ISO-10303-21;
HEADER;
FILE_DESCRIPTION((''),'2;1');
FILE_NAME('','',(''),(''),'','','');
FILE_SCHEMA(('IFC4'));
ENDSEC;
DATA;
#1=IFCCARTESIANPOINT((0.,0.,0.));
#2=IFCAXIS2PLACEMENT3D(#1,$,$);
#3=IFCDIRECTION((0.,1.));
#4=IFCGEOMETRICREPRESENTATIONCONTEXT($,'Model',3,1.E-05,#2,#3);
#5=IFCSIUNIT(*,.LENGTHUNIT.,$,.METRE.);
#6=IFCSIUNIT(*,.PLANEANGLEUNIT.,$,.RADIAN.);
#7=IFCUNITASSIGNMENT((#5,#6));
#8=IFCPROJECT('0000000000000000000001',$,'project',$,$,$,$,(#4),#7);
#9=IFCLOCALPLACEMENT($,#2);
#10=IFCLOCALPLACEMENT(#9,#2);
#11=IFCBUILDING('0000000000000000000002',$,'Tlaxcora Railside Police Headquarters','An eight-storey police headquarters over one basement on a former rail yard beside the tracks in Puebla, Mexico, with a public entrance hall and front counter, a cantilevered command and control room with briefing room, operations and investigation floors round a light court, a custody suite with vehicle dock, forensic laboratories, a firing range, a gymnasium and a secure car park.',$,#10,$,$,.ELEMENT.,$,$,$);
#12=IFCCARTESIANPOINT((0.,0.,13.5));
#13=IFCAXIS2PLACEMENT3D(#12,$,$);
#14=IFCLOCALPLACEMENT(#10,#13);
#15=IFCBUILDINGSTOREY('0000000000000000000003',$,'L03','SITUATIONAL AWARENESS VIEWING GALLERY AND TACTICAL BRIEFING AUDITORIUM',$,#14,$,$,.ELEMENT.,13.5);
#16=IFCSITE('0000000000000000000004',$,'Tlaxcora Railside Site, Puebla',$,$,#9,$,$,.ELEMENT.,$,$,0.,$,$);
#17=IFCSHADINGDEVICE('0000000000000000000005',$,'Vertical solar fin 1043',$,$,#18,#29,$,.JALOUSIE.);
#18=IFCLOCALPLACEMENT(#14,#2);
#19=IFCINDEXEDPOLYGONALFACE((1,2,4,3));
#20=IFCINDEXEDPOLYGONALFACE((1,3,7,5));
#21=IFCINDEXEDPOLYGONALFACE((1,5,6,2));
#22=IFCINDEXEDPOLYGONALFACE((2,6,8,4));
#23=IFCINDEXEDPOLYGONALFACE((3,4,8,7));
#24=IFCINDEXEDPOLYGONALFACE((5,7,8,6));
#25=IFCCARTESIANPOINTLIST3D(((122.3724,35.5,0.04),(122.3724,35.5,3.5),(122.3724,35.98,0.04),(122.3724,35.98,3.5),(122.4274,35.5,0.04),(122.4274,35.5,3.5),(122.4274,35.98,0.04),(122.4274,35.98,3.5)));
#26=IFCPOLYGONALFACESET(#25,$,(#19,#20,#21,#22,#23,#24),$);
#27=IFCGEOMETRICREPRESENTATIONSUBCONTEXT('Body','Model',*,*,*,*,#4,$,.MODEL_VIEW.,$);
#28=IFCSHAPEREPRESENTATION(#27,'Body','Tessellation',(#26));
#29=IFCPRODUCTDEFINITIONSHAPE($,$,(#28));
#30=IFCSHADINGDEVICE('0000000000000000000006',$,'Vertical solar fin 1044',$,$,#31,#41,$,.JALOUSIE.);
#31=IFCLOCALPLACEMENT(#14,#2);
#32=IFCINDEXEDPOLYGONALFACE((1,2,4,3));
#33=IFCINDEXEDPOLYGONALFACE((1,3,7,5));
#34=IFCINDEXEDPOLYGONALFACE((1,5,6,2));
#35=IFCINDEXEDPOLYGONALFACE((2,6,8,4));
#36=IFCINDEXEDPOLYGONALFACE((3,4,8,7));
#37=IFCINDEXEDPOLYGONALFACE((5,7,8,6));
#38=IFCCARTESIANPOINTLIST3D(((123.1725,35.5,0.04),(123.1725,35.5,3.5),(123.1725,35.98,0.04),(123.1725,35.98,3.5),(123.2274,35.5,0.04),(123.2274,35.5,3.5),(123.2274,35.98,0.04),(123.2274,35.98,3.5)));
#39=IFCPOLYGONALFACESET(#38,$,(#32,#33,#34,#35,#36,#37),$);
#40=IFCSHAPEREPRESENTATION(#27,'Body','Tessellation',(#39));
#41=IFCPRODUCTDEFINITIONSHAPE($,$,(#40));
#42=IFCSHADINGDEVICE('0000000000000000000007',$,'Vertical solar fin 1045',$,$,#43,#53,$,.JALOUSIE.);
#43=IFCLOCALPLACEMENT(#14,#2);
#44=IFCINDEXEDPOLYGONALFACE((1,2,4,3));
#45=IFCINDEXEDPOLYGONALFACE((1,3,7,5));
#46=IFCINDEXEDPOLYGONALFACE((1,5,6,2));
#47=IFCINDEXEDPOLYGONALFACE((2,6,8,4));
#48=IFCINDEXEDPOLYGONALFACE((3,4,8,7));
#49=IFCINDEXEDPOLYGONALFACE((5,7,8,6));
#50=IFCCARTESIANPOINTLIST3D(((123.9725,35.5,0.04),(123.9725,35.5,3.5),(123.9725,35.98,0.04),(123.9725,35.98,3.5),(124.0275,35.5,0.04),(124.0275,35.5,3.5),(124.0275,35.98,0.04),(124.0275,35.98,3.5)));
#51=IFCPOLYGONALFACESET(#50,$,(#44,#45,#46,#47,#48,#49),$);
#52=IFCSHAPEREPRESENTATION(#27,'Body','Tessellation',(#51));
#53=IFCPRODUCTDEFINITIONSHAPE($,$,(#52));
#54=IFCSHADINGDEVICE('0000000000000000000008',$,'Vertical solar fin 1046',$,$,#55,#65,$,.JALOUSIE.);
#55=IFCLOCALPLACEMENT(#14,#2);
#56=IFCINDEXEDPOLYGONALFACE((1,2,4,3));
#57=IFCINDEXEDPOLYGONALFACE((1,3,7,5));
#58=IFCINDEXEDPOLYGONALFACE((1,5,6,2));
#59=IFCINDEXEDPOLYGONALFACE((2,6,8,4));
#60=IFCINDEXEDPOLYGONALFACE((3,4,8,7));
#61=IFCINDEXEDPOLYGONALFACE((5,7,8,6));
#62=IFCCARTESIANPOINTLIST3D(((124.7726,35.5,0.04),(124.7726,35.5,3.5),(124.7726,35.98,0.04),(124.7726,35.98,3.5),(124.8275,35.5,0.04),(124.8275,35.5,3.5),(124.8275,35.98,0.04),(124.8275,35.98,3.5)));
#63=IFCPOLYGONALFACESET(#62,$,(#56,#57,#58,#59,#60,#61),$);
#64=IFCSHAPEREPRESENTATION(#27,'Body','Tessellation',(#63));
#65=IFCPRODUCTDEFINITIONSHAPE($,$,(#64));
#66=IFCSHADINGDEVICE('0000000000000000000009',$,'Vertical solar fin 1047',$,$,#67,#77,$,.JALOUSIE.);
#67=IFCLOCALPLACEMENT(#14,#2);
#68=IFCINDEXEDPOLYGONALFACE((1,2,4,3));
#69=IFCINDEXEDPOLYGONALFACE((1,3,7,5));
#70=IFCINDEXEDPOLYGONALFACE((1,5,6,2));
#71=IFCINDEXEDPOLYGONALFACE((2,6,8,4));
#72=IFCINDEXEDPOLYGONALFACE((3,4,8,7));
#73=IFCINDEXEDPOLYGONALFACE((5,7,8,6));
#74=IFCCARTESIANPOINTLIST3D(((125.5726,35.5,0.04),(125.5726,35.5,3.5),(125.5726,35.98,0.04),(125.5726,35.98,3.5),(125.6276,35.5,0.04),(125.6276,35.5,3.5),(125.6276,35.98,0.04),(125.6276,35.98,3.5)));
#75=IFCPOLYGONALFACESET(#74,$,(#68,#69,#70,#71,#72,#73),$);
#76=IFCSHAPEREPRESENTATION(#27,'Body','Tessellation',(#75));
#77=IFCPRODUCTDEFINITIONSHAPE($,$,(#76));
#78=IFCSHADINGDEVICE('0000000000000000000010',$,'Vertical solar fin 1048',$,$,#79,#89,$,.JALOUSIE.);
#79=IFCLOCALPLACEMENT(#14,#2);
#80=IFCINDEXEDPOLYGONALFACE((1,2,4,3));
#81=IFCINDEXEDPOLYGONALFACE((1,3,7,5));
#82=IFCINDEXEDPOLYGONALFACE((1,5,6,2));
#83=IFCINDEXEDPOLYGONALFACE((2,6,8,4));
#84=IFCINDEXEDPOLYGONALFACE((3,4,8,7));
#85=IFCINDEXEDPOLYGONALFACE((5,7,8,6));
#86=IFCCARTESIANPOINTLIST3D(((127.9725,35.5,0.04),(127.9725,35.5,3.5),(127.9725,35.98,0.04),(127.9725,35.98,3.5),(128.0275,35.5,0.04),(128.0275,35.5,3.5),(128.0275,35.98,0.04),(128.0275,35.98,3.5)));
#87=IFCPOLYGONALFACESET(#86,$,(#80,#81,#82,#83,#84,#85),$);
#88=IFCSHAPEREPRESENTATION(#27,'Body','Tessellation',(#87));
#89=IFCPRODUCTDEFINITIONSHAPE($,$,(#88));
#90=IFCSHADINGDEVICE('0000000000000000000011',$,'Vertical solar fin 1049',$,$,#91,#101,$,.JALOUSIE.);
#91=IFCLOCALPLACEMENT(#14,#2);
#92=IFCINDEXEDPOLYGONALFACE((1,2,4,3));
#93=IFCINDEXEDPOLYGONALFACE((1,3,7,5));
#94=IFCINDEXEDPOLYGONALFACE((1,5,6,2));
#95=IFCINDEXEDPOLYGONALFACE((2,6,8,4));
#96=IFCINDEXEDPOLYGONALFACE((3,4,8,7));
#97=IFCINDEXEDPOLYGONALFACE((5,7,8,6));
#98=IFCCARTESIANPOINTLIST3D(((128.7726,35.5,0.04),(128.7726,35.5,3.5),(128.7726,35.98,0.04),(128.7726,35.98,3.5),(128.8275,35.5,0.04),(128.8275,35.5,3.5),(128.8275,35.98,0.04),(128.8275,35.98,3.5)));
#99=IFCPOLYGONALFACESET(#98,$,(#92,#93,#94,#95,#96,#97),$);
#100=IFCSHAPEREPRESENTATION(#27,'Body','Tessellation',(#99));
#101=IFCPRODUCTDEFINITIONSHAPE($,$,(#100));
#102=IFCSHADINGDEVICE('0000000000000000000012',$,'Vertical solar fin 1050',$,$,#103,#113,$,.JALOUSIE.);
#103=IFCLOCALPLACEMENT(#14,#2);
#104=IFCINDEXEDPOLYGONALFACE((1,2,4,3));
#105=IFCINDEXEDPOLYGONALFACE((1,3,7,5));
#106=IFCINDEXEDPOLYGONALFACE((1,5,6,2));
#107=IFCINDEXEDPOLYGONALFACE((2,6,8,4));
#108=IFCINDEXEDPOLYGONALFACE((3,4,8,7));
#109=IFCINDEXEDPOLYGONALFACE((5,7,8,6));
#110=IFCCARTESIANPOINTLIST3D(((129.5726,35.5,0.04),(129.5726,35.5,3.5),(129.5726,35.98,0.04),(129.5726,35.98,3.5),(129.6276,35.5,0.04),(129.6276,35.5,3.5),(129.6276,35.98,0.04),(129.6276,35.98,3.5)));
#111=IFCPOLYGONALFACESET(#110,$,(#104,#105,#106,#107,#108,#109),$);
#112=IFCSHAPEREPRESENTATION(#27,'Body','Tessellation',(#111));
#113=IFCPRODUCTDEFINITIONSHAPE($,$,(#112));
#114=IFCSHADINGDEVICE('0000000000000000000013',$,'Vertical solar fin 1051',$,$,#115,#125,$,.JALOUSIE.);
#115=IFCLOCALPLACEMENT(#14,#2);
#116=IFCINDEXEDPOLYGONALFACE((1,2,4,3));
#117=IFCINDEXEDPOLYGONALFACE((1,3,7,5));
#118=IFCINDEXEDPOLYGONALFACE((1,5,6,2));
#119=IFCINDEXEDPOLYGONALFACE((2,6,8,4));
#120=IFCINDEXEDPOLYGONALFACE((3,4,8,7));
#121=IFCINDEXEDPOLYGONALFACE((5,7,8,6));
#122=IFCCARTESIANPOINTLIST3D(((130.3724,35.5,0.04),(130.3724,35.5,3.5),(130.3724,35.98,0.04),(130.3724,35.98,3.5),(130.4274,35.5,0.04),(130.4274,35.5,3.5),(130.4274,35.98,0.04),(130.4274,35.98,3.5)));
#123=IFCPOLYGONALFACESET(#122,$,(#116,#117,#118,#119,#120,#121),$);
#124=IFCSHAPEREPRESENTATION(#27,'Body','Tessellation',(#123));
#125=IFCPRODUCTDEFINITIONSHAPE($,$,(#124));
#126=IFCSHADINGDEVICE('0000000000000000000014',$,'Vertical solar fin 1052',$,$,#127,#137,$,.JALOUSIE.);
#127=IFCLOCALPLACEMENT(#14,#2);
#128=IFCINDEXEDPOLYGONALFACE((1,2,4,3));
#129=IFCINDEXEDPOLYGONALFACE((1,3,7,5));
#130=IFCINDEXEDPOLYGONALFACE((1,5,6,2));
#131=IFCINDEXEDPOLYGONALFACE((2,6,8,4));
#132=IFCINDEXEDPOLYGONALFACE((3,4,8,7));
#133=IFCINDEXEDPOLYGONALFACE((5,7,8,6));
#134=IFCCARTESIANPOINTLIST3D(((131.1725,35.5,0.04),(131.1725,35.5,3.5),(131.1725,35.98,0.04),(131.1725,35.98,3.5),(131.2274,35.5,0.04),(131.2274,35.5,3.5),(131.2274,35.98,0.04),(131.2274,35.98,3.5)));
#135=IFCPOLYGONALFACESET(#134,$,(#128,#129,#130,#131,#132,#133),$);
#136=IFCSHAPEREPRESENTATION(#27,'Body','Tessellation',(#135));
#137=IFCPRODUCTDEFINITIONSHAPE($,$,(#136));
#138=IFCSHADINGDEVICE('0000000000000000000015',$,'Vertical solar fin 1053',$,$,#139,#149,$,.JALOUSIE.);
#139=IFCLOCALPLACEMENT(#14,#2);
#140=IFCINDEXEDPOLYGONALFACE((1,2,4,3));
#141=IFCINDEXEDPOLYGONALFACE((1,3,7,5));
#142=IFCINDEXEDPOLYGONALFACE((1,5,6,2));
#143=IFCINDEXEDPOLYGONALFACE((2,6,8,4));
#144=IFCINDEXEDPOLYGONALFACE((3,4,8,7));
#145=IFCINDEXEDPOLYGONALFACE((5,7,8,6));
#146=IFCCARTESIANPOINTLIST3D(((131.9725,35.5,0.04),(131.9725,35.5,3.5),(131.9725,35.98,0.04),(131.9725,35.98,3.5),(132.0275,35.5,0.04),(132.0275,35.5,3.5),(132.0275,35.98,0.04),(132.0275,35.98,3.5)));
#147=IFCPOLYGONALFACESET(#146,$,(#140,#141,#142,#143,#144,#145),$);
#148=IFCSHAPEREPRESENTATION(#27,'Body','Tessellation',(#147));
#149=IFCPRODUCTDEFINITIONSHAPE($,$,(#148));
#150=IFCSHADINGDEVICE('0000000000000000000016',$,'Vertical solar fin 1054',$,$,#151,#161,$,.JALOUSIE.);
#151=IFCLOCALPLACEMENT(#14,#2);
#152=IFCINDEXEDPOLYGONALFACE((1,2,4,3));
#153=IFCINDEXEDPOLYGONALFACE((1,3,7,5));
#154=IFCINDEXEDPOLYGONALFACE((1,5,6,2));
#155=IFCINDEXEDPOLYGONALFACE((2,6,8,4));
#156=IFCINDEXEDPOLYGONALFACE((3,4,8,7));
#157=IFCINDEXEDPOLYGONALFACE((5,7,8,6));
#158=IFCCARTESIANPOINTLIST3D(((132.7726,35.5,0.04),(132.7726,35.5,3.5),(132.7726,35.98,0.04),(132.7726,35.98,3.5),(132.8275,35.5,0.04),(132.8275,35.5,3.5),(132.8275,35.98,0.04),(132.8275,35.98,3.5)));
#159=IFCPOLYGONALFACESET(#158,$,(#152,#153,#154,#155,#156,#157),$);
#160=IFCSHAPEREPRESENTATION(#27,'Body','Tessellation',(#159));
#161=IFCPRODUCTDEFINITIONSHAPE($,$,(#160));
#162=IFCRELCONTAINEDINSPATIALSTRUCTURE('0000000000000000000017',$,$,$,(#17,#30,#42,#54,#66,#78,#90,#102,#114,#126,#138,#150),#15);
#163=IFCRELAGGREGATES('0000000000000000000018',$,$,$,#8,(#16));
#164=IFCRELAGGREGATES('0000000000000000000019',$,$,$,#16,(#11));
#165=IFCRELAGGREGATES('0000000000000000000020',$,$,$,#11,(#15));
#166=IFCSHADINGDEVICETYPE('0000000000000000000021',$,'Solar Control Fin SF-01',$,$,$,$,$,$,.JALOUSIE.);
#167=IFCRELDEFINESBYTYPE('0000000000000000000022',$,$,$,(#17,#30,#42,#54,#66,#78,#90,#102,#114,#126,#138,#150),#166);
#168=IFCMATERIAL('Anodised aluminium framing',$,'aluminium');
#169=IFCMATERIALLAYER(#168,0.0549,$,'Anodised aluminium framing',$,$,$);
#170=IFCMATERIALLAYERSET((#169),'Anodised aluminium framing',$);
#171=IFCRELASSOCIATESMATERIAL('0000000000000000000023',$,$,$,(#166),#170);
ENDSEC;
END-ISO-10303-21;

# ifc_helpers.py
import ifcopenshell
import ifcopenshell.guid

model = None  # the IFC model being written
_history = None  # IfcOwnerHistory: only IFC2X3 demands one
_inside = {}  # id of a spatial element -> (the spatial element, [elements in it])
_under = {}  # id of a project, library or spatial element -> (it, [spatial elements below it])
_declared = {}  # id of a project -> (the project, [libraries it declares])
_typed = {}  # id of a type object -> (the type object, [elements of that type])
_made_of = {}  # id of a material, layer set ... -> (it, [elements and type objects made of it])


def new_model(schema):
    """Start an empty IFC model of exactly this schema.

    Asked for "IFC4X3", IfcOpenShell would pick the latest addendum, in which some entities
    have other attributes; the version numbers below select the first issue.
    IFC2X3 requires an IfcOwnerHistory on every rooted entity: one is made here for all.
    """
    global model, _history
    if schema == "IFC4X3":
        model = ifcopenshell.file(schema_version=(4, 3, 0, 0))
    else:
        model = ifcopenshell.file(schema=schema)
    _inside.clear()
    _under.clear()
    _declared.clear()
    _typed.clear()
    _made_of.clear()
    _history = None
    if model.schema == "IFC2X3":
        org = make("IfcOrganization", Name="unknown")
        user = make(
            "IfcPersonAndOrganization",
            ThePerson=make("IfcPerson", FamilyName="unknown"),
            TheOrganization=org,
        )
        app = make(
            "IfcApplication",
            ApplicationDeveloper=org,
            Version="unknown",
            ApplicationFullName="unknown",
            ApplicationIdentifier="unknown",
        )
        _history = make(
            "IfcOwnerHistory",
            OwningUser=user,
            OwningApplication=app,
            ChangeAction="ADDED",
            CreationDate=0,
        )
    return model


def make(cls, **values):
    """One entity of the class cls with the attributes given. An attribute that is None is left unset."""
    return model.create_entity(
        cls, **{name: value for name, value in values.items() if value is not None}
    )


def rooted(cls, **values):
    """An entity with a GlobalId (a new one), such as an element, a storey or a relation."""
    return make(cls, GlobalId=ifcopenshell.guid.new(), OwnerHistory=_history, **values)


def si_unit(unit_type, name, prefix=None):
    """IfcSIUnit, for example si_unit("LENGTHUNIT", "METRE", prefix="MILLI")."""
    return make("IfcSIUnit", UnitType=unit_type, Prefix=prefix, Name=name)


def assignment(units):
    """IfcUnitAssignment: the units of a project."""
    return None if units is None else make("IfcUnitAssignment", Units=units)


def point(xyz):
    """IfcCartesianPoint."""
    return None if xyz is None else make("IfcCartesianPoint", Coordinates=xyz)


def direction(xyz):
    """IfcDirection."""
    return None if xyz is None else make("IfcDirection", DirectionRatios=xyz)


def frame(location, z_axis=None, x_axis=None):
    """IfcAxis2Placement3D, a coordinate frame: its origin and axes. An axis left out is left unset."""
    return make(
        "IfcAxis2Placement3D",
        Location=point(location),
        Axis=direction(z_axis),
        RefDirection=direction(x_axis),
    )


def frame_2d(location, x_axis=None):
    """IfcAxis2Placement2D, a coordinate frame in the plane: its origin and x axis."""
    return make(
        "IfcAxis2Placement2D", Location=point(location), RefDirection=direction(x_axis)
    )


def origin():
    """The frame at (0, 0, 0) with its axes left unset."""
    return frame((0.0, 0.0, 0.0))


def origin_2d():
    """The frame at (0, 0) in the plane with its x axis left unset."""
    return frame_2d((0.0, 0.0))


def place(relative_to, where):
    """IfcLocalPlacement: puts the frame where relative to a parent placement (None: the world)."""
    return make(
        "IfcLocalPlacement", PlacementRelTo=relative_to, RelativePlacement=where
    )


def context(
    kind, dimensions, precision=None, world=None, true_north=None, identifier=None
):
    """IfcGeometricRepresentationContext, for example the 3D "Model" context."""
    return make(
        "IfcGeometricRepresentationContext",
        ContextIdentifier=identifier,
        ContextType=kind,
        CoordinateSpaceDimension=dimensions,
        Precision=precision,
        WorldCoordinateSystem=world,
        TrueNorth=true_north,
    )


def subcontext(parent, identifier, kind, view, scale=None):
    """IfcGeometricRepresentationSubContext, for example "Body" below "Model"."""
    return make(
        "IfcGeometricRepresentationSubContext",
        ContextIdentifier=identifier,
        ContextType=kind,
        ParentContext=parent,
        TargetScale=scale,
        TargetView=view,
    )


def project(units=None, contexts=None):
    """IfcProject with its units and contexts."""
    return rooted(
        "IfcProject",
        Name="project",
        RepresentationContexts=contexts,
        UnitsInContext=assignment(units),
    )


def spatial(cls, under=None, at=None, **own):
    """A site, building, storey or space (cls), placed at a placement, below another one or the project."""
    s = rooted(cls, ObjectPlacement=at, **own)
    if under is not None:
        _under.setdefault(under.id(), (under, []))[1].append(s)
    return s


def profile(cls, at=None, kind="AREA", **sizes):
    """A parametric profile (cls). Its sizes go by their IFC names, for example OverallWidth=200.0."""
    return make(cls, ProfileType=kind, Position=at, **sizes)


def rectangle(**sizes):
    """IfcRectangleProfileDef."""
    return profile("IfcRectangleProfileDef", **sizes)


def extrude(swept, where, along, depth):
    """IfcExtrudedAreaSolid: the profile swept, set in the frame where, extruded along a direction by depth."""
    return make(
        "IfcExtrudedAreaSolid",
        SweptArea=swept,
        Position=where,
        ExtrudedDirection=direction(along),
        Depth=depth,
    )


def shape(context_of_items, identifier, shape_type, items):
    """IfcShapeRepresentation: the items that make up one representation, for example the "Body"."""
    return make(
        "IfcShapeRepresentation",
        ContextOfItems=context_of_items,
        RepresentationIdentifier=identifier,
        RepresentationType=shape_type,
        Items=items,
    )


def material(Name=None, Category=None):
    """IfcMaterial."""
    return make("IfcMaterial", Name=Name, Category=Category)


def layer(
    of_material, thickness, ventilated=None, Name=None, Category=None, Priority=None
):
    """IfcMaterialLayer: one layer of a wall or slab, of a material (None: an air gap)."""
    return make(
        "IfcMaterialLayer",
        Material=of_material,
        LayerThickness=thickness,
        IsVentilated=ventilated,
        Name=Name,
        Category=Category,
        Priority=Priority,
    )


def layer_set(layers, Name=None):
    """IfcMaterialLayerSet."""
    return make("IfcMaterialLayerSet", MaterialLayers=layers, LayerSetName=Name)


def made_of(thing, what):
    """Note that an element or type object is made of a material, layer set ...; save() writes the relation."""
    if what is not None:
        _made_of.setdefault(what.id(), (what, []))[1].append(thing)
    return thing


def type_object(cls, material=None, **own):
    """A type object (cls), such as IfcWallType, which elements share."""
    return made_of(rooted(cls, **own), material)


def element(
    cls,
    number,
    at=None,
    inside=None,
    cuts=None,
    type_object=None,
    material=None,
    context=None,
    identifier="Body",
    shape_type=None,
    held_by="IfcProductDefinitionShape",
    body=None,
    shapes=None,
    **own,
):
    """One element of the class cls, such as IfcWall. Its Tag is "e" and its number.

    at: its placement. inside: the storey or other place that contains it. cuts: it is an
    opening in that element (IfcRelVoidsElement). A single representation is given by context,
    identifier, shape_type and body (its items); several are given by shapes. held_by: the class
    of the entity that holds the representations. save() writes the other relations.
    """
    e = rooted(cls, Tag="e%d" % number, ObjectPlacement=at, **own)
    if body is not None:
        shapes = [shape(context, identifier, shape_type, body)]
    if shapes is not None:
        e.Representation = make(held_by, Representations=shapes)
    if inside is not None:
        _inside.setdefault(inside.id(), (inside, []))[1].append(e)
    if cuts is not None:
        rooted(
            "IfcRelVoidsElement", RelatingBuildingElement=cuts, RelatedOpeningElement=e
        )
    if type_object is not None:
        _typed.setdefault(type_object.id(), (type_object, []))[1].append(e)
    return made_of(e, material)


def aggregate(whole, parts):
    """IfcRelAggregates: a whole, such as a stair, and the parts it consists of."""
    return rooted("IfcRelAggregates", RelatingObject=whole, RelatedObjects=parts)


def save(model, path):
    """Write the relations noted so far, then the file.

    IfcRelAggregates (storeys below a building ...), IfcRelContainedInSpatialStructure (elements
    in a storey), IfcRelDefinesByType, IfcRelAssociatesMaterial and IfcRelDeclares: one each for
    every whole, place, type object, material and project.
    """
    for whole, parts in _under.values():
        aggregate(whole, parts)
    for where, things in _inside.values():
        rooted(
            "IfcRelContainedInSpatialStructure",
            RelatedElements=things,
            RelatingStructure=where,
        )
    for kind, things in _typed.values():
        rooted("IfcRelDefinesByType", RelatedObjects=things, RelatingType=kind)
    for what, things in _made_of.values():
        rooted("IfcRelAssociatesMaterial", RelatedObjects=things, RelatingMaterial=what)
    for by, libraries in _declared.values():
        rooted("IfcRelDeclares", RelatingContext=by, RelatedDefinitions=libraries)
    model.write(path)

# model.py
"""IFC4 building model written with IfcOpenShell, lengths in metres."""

from ifc_helpers import new_model, si_unit, direction, frame, origin, origin_2d, place, context, subcontext, project, spatial, rectangle, extrude, material, layer, layer_set, type_object, element, save


model = new_model("IFC4")

# Units and contexts
model_context = context("Model", 3, precision=1e-05, world=origin(), true_north=direction((0.0, 1.0)))
body_context = subcontext(model_context, "Body", "Model", "MODEL_VIEW")
ifc_project = project(units=[si_unit("LENGTHUNIT", "METRE"), si_unit("PLANEANGLEUNIT", "RADIAN")], contexts=[model_context])

# Site, building, storey
site_placement = place(None, origin())
site = spatial("IfcSite", under=ifc_project, at=site_placement, Name="Tlaxcora Railside Site, Puebla", CompositionType="ELEMENT", RefElevation=0.0)
building_placement = place(site_placement, origin())
building = spatial("IfcBuilding", under=site, at=building_placement, Name="Tlaxcora Railside Police Headquarters", Description="An eight-storey police headquarters over one basement on a former rail yard beside the tracks in Puebla, Mexico, with a public entrance hall and front counter, a cantilevered command and control room with briefing room, operations and investigation floors round a light court, a custody suite with vehicle dock, forensic laboratories, a firing range, a gymnasium and a secure car park.", CompositionType="ELEMENT")
storey_placement = place(building_placement, frame((0.0, 0.0, 13.5)))
storey = spatial("IfcBuildingStorey", under=building, at=storey_placement, Name="L03", Description="SITUATIONAL AWARENESS VIEWING GALLERY AND TACTICAL BRIEFING AUDITORIUM", CompositionType="ELEMENT", Elevation=13.5)

# Shared definitions
ifc_material_1 = material(Name="Anodised aluminium framing", Category="aluminium")

# Shading devices
ifc_layer_1 = layer(ifc_material_1, 0.0549, Name="Anodised aluminium framing")
ifc_layer_set_1 = layer_set([ifc_layer_1], Name="Anodised aluminium framing")
shading_device_type = type_object("IfcShadingDeviceType", Name="Solar Control Fin SF-01", PredefinedType="JALOUSIE", material=ifc_layer_set_1)
for number, where, z_axis, x_axis, name in (
    (1, (122.3999, 35.74, 0.04), (0.0, 0.0, 1.0), (0.0, -1.0, 0.0), "Vertical solar fin 1043"),
    (2, (123.2, 35.74, 0.04), (0.0, 0.0, 1.0), (0.0, -1.0, 0.0), "Vertical solar fin 1044"),
    (3, (124.0, 35.74, 0.04), (0.0, 0.0, 1.0), (0.0, -1.0, 0.0), "Vertical solar fin 1045"),
    (4, (124.8, 35.74, 0.04), (0.0, 0.0, 1.0), (0.0, -1.0, 0.0), "Vertical solar fin 1046"),
    (5, (125.6001, 35.74, 0.04), (0.0, 0.0, 1.0), (0.0, -1.0, 0.0), "Vertical solar fin 1047"),
    (6, (128.0, 35.74, 0.04), (0.0, 0.0, 1.0), (0.0, -1.0, 0.0), "Vertical solar fin 1048"),
    (7, (128.8, 35.74, 0.04), (0.0, 0.0, 1.0), (0.0, -1.0, 0.0), "Vertical solar fin 1049"),
    (8, (129.6001, 35.74, 0.04), (0.0, 0.0, 1.0), (0.0, -1.0, 0.0), "Vertical solar fin 1050"),
    (9, (130.3999, 35.74, 0.04), (0.0, 0.0, 1.0), (0.0, -1.0, 0.0), "Vertical solar fin 1051"),
    (10, (131.2, 35.74, 0.04), (0.0, 0.0, 1.0), (0.0, -1.0, 0.0), "Vertical solar fin 1052"),
    (11, (132.0, 35.74, 0.04), (0.0, 0.0, 1.0), (0.0, -1.0, 0.0), "Vertical solar fin 1053"),
    (12, (132.8, 35.74, 0.04), (0.0, 0.0, 1.0), (0.0, -1.0, 0.0), "Vertical solar fin 1054"),
):
    element("IfcShadingDevice", number, at=place(storey_placement, frame(where, z_axis=z_axis, x_axis=x_axis)), inside=storey, type_object=shading_device_type, Name=name, PredefinedType="JALOUSIE", context=body_context, shape_type="SweptSolid", body=[
        extrude(rectangle(XDim=0.48, YDim=0.0549, at=origin_2d()), origin(), (0.0, 0.0, 1.0), 3.46),
    ])

save(model, "model.ifc")
